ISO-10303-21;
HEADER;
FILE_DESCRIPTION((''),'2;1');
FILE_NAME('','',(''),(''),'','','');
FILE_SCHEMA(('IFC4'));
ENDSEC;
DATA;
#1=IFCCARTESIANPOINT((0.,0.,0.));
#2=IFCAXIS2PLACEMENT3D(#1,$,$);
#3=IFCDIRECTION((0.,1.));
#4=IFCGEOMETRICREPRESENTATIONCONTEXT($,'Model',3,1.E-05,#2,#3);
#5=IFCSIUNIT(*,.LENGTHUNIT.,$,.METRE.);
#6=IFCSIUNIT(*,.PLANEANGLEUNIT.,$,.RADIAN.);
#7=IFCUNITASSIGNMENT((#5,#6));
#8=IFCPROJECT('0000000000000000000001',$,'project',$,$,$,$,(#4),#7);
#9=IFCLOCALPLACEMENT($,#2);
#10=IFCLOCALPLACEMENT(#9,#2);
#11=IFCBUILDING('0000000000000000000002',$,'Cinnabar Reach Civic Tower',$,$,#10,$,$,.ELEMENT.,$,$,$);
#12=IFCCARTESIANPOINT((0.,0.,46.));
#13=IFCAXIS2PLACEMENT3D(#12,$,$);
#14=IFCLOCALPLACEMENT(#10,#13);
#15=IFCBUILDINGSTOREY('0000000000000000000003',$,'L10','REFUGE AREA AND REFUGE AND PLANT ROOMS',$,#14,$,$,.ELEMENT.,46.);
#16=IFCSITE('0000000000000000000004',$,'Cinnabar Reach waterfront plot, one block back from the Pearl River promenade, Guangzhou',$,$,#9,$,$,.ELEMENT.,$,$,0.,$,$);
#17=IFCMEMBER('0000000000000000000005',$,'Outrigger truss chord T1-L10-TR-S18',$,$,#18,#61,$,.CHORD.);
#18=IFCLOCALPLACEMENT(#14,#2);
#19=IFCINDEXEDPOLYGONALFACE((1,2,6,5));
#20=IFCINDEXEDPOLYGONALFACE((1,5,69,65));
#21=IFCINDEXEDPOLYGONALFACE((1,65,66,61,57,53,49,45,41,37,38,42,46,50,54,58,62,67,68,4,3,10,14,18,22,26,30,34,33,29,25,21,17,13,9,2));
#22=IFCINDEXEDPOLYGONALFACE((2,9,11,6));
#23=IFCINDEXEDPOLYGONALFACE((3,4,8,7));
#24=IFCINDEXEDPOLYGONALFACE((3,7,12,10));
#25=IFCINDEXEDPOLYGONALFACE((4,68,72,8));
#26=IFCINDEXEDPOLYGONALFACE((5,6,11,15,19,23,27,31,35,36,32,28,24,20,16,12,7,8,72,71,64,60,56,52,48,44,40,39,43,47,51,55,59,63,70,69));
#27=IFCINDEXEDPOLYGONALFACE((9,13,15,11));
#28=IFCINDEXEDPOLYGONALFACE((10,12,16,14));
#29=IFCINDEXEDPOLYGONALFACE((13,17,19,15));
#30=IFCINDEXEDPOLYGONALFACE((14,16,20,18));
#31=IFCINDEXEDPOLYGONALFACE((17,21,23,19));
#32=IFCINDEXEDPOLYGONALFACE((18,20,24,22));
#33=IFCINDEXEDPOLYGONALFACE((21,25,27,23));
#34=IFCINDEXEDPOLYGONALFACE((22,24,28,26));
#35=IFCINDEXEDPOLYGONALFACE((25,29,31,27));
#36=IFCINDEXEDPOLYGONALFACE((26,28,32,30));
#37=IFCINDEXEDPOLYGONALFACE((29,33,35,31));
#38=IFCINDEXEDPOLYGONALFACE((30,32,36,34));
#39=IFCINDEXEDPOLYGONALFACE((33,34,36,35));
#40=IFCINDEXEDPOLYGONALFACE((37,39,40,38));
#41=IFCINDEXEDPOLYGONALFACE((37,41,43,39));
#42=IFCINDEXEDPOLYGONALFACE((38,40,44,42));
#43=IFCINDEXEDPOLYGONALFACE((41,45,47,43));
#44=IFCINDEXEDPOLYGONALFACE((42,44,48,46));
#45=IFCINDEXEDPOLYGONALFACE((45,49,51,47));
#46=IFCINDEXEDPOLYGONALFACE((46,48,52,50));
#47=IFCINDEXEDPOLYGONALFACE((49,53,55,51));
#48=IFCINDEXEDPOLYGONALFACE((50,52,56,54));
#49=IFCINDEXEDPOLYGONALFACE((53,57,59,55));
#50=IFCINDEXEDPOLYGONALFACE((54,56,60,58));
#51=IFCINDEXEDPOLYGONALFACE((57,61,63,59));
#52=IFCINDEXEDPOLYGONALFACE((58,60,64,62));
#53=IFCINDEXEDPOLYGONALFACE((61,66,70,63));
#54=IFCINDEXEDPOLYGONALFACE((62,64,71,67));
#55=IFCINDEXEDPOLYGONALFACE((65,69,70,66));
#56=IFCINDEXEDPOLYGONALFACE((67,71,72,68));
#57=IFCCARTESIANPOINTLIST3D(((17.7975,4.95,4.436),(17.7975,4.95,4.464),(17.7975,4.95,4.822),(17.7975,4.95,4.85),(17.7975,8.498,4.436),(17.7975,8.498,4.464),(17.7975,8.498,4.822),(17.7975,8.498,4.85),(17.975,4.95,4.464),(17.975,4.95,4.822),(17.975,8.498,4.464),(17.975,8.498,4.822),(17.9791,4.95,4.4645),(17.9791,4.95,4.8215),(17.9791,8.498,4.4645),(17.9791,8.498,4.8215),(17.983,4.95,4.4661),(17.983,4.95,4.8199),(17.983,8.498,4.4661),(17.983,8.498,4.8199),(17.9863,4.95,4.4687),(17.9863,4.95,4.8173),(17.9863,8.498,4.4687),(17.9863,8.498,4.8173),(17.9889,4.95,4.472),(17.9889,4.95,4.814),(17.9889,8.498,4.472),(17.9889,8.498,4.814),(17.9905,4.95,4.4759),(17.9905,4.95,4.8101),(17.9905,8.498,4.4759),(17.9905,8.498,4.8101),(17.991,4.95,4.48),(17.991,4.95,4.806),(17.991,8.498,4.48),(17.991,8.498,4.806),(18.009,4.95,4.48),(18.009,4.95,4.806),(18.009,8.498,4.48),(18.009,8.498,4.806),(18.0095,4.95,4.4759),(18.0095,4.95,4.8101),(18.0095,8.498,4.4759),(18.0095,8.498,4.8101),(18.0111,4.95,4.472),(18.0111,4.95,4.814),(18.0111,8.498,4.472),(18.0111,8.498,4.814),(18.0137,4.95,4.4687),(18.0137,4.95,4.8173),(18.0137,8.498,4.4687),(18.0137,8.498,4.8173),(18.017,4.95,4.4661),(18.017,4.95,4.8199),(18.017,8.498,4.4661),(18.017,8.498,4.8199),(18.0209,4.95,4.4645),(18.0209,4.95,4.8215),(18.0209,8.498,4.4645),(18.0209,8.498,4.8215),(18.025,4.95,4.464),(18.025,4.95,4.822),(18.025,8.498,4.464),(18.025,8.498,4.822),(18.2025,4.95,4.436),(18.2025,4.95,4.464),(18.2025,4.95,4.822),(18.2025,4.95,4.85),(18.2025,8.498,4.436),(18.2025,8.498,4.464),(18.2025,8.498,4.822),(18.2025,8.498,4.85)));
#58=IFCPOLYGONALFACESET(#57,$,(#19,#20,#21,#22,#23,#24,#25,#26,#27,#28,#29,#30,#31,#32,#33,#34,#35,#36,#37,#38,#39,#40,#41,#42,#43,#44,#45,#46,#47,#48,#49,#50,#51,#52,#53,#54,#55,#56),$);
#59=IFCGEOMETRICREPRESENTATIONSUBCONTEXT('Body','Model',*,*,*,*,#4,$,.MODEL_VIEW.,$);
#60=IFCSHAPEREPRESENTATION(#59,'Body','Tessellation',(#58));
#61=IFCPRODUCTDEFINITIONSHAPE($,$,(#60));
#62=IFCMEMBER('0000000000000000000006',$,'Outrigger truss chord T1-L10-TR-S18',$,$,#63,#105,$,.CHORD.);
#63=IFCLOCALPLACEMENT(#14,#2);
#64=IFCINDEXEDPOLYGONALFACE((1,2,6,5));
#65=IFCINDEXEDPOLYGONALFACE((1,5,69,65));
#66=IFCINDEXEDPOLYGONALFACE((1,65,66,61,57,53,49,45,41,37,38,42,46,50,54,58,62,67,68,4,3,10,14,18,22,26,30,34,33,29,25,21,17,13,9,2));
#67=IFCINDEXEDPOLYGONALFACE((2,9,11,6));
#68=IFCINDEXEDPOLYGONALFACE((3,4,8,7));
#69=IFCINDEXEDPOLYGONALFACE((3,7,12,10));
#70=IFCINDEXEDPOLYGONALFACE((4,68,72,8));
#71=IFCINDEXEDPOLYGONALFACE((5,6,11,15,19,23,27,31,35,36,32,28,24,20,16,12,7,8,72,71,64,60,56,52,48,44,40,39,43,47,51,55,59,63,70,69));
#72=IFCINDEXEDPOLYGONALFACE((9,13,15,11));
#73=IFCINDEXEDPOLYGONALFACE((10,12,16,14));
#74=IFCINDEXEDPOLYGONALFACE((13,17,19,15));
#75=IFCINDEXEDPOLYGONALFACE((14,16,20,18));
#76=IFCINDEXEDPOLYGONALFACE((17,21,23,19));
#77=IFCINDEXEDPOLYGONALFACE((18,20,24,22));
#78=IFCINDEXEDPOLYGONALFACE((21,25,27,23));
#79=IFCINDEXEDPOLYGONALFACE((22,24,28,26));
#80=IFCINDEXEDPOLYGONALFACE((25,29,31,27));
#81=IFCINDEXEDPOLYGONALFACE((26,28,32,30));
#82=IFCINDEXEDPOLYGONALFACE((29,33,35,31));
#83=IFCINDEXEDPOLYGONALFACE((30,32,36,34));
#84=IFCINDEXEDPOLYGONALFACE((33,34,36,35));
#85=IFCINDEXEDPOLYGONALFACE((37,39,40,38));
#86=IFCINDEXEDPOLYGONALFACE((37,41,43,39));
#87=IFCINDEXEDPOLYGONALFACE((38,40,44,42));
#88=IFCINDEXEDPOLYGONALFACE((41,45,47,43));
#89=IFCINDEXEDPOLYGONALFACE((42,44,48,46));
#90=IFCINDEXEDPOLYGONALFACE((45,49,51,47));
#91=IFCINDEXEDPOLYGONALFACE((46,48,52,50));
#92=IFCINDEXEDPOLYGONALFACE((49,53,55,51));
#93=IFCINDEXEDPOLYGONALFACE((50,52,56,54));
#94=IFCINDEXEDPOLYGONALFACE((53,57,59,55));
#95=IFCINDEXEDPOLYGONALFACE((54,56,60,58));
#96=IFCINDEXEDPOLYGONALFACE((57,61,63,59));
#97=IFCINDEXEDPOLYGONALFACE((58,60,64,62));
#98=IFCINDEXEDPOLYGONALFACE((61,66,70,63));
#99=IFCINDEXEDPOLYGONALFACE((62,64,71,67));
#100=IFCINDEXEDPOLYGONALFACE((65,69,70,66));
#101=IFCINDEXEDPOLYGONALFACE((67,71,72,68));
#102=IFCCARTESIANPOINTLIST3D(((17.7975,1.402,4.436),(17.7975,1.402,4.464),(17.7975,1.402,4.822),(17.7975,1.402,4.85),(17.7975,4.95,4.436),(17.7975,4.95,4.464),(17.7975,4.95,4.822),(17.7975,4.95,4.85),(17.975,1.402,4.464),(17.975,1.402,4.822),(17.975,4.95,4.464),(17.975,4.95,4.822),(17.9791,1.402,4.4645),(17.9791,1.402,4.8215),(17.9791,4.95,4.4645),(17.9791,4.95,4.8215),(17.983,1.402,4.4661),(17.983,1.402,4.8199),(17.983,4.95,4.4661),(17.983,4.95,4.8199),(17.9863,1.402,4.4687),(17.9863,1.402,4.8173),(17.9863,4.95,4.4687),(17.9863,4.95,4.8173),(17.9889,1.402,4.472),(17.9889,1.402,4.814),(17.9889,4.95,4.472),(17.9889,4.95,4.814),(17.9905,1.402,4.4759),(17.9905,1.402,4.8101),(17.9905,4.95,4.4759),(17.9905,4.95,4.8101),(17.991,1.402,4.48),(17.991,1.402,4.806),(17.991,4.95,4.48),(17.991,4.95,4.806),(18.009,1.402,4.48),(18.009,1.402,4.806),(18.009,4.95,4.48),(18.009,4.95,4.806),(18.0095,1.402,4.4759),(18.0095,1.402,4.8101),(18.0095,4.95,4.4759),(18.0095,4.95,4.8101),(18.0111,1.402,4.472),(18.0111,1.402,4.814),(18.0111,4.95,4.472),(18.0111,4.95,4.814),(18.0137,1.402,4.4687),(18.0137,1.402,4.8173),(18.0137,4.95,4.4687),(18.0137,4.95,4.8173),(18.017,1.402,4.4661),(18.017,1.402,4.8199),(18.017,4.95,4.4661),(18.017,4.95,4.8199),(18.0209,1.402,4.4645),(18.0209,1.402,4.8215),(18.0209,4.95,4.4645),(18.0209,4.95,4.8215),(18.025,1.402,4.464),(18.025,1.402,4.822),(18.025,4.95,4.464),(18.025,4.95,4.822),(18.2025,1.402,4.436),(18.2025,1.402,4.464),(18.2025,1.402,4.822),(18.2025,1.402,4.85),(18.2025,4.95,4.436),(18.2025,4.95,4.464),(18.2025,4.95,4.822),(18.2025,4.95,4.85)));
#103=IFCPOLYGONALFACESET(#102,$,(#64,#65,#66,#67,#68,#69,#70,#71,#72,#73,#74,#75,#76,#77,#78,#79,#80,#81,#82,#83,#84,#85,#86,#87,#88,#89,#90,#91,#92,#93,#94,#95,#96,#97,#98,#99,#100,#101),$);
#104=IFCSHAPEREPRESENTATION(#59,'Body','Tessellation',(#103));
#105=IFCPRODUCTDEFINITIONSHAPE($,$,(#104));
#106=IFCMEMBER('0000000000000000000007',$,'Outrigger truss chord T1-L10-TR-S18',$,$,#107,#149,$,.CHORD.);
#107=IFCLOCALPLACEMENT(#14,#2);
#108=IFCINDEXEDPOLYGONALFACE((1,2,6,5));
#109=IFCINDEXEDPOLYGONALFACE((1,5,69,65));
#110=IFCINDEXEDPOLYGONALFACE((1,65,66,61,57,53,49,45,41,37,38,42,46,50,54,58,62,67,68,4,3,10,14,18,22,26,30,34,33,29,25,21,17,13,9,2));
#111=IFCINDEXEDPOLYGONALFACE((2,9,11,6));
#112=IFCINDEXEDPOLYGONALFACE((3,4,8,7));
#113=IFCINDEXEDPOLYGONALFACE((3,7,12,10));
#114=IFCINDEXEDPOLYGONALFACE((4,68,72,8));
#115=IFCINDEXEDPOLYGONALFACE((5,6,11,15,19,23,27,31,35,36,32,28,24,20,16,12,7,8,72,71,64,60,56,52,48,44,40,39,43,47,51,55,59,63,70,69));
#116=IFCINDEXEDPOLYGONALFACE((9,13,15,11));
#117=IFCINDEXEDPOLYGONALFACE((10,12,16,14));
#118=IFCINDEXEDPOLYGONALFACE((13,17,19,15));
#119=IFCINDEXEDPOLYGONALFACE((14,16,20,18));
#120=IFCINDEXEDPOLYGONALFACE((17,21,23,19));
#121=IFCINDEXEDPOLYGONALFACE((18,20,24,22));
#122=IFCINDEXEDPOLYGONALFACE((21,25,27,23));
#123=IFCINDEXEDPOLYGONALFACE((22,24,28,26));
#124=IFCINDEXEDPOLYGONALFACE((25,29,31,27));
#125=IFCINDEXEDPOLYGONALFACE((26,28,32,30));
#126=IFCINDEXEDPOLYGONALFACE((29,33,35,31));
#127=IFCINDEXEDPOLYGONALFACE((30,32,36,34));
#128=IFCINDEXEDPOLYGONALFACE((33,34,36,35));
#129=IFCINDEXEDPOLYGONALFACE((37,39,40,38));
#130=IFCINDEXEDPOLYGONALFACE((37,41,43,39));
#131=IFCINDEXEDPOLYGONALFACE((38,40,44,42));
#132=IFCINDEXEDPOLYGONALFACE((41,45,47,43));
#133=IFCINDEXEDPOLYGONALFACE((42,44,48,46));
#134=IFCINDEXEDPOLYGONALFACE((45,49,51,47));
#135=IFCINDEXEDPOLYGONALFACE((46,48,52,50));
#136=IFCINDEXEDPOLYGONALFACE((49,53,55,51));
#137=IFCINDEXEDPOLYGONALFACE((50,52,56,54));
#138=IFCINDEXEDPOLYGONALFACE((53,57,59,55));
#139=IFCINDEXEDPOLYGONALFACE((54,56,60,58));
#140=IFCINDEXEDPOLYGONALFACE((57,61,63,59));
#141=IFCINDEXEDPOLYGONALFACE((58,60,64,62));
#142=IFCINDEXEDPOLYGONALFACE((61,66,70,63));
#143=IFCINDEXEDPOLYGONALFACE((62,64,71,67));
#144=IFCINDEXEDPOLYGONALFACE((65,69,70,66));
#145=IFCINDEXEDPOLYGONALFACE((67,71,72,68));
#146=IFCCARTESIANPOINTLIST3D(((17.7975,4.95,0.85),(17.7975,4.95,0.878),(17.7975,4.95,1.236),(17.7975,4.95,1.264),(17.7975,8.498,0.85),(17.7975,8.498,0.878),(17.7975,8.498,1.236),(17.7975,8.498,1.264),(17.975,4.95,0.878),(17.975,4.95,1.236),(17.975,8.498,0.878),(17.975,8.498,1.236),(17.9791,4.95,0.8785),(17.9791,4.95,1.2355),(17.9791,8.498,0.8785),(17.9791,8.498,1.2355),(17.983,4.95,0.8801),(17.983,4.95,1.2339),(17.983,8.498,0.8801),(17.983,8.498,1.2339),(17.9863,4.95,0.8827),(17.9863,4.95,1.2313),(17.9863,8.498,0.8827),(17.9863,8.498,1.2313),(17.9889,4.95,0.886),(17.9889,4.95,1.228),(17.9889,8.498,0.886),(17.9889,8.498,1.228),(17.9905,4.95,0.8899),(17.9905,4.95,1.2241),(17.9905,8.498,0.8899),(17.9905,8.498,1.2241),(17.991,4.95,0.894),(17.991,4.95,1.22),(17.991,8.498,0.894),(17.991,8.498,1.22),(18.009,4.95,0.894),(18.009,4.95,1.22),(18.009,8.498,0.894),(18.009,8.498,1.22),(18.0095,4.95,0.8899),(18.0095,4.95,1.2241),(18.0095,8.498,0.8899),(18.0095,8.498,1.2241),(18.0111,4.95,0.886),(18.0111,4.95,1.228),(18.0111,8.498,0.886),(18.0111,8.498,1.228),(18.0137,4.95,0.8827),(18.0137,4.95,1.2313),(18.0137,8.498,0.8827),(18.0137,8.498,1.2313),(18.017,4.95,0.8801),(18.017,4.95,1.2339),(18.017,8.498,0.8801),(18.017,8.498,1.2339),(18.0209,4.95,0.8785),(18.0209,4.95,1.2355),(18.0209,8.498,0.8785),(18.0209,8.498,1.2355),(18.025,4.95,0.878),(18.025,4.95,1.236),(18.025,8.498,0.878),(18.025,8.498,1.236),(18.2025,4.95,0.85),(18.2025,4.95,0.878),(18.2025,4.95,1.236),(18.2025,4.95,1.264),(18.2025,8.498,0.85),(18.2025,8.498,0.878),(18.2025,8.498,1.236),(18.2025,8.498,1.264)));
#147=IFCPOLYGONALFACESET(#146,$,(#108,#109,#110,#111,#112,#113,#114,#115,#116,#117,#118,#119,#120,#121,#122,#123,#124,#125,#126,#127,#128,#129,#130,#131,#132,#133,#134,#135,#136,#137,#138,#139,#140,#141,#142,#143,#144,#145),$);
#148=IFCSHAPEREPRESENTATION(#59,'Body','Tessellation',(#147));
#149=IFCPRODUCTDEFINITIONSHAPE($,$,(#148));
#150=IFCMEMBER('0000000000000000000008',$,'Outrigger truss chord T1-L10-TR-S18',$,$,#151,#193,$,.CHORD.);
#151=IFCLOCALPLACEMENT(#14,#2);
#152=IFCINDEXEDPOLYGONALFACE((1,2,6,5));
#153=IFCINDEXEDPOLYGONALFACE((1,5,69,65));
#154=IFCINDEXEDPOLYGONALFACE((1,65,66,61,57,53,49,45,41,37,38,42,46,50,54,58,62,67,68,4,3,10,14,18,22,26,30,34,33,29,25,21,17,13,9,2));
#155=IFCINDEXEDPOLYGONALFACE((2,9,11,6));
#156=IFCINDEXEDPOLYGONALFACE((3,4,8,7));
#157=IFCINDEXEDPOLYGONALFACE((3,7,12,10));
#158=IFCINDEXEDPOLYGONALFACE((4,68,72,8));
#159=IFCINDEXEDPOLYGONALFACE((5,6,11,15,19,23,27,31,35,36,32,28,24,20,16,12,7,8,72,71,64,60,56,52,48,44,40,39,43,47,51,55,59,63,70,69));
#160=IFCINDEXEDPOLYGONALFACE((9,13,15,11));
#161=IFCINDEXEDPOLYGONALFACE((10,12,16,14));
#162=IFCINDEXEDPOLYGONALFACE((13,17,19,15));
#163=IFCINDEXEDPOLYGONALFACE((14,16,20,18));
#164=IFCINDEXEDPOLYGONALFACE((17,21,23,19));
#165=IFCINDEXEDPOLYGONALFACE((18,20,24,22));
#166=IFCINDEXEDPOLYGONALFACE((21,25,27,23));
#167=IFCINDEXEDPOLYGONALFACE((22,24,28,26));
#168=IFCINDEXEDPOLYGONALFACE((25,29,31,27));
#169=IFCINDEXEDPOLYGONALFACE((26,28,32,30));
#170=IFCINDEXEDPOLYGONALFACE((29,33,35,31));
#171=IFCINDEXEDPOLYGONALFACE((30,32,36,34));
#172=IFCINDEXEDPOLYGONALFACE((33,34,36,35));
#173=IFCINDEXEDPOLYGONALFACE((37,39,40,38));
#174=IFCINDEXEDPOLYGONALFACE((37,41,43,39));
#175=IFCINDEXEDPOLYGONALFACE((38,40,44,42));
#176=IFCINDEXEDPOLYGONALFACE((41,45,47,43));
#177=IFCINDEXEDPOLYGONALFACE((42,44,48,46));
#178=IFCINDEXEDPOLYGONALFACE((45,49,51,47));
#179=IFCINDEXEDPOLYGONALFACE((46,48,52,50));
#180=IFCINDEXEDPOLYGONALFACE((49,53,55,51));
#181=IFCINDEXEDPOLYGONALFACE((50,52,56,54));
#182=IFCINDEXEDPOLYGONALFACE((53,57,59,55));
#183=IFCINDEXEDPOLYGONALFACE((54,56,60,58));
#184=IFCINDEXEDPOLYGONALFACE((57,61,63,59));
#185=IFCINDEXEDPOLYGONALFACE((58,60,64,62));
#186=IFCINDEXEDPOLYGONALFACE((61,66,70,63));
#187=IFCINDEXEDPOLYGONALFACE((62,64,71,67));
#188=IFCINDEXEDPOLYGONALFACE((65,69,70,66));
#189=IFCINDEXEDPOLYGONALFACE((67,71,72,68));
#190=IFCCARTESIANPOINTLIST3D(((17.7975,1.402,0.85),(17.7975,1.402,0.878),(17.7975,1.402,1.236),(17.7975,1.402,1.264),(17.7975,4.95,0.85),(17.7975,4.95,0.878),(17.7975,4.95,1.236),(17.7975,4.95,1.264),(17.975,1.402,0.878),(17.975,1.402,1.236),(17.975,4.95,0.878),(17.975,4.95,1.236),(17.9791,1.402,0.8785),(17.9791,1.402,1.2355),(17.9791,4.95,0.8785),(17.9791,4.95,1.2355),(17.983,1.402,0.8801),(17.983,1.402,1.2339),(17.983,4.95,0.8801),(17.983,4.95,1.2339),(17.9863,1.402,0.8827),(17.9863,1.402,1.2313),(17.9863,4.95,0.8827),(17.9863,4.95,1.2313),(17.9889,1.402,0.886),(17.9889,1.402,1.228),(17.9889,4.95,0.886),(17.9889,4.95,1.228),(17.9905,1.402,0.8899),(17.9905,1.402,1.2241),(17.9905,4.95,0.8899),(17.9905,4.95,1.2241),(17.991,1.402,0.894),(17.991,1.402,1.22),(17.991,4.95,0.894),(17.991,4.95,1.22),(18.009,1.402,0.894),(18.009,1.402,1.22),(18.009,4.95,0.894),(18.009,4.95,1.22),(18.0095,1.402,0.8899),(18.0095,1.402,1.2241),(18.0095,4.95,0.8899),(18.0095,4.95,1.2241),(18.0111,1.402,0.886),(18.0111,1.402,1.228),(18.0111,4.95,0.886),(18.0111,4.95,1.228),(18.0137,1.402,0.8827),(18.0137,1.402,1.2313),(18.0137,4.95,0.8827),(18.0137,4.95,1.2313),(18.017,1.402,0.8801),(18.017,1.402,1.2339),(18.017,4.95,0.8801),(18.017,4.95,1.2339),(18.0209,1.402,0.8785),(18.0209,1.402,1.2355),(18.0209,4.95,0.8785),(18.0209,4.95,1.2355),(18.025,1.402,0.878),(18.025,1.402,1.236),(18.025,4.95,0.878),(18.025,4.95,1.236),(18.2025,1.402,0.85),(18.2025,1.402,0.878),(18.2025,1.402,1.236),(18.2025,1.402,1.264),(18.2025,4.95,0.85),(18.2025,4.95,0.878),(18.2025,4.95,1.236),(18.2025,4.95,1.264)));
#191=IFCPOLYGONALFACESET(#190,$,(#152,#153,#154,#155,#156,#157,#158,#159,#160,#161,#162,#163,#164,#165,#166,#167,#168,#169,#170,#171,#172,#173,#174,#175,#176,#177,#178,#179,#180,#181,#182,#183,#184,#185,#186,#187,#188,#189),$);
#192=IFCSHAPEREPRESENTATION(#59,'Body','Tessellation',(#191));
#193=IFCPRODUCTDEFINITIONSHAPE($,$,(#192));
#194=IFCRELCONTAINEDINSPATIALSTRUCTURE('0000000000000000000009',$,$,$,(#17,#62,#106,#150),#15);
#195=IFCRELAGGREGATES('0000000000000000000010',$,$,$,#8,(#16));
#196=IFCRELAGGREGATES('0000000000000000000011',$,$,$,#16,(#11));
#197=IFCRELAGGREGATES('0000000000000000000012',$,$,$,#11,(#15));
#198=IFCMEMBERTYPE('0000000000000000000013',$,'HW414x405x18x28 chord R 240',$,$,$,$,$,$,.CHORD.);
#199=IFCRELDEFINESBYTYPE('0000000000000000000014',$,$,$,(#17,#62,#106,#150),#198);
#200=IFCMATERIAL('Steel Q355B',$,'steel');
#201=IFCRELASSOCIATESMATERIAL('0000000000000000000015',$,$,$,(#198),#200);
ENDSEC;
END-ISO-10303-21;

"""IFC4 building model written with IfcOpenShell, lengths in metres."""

from ifc_helpers import new_model, si_unit, direction, frame, origin, origin_2d, place, context, subcontext, project, spatial, i_section, extrude, material, material_profile, profile_set, type_object, element, save


model = new_model("IFC4")

# Units and contexts
model_context = context("Model", 3, precision=1e-05, world=origin(), true_north=direction((0.0, 1.0)))
body_context = subcontext(model_context, "Body", "Model", "MODEL_VIEW")
ifc_project = project(units=[si_unit("LENGTHUNIT", "METRE"), si_unit("PLANEANGLEUNIT", "RADIAN")], contexts=[model_context])

# Site, building, storey
site_placement = place(None, origin())
site = spatial("IfcSite", under=ifc_project, at=site_placement, Name="Cinnabar Reach waterfront plot, one block back from the Pearl River promenade, Guangzhou", CompositionType="ELEMENT", RefElevation=0.0)
building_placement = place(site_placement, origin())
building = spatial("IfcBuilding", under=site, at=building_placement, Name="Cinnabar Reach Civic Tower", CompositionType="ELEMENT")
storey_placement = place(building_placement, frame((0.0, 0.0, 46.0)))
storey = spatial("IfcBuildingStorey", under=building, at=storey_placement, Name="L10", Description="REFUGE AREA AND REFUGE AND PLANT ROOMS", CompositionType="ELEMENT", Elevation=46.0)

# Shared definitions
ifc_material_1 = material(Name="Steel Q355B", Category="steel")

# Members
ifc_material_profile_1 = material_profile(ifc_material_1, i_section(OverallWidth=0.405, OverallDepth=0.414, WebThickness=0.018, FlangeThickness=0.028, FilletRadius=0.016, at=origin_2d()), Name="HW414x405x18x28")
ifc_profile_set_1 = profile_set([ifc_material_profile_1], Name="Steel Q355B")
member_type_1 = type_object("IfcMemberType", Name="HW414x405x18x28 chord R 240", PredefinedType="CHORD", material=ifc_profile_set_1)
for number, where, z_axis, x_axis, name in (
    (1, (18.0, 8.498, 4.643), (0.0, -1.0, 0.0), (1.0, 0.0, 0.0), "Outrigger truss chord T1-L10-TR-S18"),
    (2, (18.0, 4.95, 4.643), (0.0, -1.0, 0.0), (1.0, 0.0, 0.0), "Outrigger truss chord T1-L10-TR-S18"),
    (3, (18.0, 8.498, 1.057), (0.0, -1.0, 0.0), (1.0, 0.0, 0.0), "Outrigger truss chord T1-L10-TR-S18"),
    (4, (18.0, 4.95, 1.057), (0.0, -1.0, 0.0), (1.0, 0.0, 0.0), "Outrigger truss chord T1-L10-TR-S18"),
):
    element("IfcMember", number, at=place(storey_placement, frame(where, z_axis=z_axis, x_axis=x_axis)), inside=storey, type_object=member_type_1, Name=name, PredefinedType="CHORD", context=body_context, shape_type="SweptSolid", body=[
        extrude(i_section(OverallWidth=0.405, OverallDepth=0.414, WebThickness=0.018, FlangeThickness=0.028, FilletRadius=0.016, at=origin_2d()), origin(), (0.0, 0.0, 1.0), 3.548),
    ])

save(model, "model.ifc")
